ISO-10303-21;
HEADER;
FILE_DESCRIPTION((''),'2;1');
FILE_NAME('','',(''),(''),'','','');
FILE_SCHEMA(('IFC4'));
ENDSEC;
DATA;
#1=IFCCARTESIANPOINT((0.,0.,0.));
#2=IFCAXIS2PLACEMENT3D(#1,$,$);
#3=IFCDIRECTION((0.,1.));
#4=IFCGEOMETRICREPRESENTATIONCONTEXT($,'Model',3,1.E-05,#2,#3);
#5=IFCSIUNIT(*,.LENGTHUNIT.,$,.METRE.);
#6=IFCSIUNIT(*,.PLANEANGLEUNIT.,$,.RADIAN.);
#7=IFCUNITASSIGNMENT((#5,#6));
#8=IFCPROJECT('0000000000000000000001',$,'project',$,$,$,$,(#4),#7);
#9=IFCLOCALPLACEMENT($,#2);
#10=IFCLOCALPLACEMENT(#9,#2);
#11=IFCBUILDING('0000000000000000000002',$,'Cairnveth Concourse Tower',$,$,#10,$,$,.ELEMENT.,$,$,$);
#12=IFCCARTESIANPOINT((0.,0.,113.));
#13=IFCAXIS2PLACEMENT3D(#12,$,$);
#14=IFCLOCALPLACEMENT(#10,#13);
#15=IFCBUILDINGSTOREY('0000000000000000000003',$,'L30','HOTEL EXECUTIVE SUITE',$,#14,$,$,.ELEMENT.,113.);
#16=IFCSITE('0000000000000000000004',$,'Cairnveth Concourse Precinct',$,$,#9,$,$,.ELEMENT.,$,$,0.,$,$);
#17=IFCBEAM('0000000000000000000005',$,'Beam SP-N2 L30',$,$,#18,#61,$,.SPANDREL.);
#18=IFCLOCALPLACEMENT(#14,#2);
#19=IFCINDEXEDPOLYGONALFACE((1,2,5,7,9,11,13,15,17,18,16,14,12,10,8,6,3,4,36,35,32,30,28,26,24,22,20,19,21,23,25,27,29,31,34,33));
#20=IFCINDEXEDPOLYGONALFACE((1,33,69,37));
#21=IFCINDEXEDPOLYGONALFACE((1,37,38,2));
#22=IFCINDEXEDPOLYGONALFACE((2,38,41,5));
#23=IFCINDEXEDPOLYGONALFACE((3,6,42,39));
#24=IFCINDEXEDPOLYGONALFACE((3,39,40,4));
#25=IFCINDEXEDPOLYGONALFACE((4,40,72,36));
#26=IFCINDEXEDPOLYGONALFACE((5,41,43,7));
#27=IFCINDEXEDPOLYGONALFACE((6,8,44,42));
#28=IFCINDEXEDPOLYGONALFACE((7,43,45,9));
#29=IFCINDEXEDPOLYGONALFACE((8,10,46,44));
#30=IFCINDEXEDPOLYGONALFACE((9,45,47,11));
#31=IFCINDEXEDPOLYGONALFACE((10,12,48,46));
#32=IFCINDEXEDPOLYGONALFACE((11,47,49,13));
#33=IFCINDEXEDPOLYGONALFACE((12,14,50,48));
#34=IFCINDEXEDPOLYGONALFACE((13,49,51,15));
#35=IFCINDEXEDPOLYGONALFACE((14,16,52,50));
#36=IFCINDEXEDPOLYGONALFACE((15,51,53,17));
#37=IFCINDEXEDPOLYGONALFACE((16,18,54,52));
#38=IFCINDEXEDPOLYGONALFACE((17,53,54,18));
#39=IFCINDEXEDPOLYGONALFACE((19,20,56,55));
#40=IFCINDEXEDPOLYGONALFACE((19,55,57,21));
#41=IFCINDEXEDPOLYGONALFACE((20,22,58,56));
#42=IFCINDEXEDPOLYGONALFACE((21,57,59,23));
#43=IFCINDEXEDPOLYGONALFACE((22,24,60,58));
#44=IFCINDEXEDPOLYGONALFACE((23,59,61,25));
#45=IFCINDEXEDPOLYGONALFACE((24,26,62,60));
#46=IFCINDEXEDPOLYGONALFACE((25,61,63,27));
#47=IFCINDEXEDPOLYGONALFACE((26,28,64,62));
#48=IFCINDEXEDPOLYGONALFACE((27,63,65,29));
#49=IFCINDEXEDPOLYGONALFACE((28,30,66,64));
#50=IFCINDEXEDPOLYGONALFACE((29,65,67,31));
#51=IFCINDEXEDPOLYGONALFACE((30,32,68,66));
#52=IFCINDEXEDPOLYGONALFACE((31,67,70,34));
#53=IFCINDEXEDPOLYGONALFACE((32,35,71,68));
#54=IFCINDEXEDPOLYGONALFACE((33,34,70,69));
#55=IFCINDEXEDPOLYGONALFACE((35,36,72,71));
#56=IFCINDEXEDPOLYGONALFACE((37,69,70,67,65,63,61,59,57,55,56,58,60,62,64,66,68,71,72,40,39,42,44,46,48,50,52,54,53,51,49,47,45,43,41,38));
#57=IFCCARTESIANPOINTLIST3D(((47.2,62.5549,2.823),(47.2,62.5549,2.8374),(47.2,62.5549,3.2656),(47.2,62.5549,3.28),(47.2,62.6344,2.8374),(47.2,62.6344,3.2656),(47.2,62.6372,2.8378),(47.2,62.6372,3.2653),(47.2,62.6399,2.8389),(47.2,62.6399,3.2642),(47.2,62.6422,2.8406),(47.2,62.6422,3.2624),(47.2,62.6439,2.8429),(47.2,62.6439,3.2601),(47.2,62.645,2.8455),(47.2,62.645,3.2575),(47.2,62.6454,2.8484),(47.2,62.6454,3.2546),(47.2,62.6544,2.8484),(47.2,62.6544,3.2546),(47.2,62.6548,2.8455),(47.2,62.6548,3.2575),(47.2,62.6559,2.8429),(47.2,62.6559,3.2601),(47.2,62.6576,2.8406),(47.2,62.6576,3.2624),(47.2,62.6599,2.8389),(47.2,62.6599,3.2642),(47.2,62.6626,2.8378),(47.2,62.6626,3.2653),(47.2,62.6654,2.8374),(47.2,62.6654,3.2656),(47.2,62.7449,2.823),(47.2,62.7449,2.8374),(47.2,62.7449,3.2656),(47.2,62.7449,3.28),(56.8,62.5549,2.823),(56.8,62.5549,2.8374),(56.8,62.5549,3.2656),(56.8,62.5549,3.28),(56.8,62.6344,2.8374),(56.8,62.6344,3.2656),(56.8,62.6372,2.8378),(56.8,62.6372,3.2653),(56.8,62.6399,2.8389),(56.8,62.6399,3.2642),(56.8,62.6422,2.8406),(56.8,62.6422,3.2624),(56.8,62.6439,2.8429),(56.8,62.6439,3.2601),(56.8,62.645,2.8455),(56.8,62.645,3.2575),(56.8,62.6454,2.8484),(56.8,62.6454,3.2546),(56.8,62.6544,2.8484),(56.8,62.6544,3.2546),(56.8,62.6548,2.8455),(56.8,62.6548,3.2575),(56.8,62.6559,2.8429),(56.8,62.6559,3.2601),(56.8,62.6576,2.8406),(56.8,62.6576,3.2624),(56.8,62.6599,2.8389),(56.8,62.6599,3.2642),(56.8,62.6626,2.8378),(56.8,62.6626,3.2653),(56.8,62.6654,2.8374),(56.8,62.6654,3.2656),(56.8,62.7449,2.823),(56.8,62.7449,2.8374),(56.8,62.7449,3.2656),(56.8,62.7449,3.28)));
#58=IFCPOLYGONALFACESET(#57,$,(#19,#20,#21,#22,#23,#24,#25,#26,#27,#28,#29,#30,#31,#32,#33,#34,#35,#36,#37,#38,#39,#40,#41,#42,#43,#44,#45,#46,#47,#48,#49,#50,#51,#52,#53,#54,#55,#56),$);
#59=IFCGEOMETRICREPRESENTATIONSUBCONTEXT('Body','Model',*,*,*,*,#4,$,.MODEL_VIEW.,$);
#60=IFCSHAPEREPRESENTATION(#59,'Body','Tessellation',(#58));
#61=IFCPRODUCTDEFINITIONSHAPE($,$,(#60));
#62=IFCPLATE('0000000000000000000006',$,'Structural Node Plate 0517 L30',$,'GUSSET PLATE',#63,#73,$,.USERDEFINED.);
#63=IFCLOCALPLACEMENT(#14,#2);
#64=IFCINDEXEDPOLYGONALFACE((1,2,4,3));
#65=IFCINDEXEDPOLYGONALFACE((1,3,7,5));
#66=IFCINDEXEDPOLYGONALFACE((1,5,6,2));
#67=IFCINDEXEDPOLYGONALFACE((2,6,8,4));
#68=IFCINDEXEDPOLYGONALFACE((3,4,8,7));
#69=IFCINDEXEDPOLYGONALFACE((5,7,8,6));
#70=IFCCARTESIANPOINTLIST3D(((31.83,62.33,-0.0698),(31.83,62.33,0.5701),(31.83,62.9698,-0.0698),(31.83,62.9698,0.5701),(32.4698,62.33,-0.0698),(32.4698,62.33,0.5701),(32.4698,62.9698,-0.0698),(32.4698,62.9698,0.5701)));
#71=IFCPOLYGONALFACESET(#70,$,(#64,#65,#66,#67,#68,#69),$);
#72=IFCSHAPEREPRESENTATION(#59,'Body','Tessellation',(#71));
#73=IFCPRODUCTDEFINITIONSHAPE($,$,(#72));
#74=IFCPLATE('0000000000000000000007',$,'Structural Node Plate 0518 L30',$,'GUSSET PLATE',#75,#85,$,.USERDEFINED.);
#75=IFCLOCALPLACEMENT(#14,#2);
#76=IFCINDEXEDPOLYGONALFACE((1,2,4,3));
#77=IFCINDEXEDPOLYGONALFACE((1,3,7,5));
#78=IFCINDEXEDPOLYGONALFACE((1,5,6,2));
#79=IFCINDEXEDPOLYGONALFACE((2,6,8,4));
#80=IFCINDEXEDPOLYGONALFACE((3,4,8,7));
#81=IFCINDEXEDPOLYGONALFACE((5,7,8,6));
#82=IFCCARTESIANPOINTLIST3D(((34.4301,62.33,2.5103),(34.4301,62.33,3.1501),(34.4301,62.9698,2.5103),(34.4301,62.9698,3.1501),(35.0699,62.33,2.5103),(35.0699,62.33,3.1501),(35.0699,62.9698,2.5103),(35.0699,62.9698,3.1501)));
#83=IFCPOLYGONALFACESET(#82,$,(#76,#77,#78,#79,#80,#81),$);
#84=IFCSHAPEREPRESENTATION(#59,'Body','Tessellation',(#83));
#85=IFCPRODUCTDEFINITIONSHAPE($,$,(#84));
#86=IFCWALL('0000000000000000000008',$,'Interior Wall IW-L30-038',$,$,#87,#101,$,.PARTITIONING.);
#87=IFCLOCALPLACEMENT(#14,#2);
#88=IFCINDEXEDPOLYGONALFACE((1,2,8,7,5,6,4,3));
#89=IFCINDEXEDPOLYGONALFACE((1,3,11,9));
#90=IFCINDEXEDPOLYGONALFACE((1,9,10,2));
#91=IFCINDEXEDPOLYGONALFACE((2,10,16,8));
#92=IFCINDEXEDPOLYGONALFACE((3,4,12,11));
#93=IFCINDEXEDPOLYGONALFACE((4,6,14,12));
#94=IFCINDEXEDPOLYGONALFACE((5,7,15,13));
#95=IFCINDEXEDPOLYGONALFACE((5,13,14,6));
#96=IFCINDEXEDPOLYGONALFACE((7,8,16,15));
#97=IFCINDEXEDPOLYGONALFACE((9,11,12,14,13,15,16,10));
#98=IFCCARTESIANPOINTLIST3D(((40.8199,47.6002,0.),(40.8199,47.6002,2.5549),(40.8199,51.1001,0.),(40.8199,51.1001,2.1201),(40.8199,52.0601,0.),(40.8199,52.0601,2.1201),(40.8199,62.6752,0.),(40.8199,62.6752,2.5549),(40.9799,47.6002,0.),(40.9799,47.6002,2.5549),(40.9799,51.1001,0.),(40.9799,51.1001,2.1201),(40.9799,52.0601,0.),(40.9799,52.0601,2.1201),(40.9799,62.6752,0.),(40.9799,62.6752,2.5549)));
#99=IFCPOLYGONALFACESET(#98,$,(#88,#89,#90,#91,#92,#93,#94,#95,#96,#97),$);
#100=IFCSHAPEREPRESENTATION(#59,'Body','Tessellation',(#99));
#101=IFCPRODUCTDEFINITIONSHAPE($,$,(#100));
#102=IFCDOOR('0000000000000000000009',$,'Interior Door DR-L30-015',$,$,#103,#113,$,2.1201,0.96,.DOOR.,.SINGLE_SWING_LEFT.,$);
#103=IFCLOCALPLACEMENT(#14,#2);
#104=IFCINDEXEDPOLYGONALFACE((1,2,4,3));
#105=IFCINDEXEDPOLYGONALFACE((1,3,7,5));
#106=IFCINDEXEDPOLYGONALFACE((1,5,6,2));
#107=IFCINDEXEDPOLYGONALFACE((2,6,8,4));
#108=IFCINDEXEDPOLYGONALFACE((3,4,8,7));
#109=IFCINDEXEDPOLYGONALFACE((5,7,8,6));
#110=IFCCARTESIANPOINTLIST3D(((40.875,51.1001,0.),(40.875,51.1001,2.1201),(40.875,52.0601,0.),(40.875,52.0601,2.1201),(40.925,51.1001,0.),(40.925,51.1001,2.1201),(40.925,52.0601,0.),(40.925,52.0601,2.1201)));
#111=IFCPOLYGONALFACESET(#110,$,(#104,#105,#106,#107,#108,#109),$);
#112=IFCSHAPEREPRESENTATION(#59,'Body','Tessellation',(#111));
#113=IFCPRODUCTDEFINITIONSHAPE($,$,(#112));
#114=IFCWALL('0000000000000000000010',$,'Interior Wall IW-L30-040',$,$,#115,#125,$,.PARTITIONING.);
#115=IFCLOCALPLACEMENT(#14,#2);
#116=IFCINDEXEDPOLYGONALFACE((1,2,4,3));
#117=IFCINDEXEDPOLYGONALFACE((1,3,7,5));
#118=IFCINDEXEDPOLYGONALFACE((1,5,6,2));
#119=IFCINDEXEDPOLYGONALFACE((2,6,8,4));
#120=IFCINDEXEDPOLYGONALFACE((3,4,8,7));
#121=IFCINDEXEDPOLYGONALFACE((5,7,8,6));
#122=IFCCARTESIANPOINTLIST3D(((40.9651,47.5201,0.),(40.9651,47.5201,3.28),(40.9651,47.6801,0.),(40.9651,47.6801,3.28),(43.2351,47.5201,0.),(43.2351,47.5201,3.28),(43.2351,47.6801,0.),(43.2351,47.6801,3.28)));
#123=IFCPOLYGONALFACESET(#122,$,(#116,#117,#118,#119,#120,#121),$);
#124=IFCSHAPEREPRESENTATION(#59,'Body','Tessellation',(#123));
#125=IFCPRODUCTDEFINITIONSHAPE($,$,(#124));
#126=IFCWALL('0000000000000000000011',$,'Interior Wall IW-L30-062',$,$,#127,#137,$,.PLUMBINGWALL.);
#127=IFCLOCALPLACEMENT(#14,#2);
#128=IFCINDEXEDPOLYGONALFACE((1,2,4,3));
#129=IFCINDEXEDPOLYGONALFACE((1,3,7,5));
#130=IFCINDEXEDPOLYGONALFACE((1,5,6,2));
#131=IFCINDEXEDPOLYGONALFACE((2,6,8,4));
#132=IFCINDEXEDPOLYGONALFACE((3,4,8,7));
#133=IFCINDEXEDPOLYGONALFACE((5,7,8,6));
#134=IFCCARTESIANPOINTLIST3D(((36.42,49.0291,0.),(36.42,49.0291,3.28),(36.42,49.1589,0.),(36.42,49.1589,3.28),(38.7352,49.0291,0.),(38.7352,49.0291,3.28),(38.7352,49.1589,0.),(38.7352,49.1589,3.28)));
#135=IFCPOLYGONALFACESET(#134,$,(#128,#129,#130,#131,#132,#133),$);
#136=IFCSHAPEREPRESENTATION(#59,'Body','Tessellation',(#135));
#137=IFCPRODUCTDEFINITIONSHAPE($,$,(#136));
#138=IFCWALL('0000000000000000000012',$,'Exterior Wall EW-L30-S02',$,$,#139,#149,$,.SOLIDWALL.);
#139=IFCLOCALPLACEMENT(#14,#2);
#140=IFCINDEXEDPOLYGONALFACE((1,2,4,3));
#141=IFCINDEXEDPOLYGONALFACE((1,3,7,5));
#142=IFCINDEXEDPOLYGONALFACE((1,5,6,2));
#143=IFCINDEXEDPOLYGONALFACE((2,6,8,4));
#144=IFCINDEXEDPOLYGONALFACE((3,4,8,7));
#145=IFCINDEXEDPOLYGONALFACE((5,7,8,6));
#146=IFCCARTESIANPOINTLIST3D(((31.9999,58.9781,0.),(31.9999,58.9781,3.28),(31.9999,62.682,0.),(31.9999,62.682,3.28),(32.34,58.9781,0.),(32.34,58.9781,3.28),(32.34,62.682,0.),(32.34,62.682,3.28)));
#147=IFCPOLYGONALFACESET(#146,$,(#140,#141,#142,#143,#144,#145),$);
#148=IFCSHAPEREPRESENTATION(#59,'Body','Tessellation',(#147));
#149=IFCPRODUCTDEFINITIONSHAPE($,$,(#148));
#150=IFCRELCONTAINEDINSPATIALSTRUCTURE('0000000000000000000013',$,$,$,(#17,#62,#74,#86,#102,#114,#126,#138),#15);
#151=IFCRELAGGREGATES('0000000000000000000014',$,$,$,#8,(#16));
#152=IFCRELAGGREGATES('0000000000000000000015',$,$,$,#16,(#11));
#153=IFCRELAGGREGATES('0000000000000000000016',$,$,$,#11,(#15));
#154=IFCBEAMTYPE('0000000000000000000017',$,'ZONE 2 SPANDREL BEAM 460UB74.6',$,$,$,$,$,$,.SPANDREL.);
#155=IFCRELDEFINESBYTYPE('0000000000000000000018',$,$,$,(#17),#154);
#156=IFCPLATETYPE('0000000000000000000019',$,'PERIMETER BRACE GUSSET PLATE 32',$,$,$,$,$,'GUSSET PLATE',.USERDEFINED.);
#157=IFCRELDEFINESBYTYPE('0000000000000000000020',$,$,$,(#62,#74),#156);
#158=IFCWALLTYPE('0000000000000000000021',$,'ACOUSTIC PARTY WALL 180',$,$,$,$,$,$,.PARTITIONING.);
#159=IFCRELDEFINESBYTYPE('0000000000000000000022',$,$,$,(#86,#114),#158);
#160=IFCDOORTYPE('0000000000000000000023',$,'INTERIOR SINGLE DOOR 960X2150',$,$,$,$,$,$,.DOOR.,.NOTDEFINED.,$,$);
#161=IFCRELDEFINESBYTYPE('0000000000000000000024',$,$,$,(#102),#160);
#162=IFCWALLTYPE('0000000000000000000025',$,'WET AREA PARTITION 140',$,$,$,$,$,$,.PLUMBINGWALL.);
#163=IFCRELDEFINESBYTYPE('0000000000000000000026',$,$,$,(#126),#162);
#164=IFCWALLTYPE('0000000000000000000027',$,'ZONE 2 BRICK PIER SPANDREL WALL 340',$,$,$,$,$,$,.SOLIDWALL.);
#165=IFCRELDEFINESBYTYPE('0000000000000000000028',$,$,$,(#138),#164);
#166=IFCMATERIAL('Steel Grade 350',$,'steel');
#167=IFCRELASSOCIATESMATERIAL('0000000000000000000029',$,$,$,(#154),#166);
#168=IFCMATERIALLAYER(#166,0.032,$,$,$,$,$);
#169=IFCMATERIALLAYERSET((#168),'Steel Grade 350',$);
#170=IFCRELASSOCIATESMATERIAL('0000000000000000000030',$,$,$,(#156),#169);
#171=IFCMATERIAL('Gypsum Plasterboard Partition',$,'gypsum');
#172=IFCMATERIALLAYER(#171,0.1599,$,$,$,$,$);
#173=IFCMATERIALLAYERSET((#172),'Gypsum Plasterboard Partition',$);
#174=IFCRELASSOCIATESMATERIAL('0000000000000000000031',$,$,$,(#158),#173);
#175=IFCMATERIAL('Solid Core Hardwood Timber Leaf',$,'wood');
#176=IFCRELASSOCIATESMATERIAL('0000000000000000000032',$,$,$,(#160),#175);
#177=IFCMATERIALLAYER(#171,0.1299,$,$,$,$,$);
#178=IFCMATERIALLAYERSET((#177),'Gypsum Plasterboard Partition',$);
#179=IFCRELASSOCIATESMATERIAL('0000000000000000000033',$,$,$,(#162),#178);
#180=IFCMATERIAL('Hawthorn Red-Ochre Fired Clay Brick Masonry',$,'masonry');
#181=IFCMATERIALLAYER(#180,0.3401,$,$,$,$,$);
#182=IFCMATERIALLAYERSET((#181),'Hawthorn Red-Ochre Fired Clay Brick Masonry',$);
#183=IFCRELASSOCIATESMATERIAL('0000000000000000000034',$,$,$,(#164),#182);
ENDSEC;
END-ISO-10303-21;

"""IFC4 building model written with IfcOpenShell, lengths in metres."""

from ifc_helpers import new_model, si_unit, direction, frame, frame_2d, origin, origin_2d, place, context, subcontext, project, spatial, rectangle, i_section, extrude, material, layer, layer_set, material_profile, profile_set, type_object, element, fill, save


model = new_model("IFC4")

# Units and contexts
model_context = context("Model", 3, precision=1e-05, world=origin(), true_north=direction((0.0, 1.0)))
body_context = subcontext(model_context, "Body", "Model", "MODEL_VIEW")
ifc_project = project(units=[si_unit("LENGTHUNIT", "METRE"), si_unit("PLANEANGLEUNIT", "RADIAN")], contexts=[model_context])

# Site, building, storey
site_placement = place(None, origin())
site = spatial("IfcSite", under=ifc_project, at=site_placement, Name="Cairnveth Concourse Precinct", CompositionType="ELEMENT", RefElevation=0.0)
building_placement = place(site_placement, origin())
building = spatial("IfcBuilding", under=site, at=building_placement, Name="Cairnveth Concourse Tower", CompositionType="ELEMENT")
storey_placement = place(building_placement, frame((0.0, 0.0, 113.0)))
storey = spatial("IfcBuildingStorey", under=building, at=storey_placement, Name="L30", Description="HOTEL EXECUTIVE SUITE", CompositionType="ELEMENT", Elevation=113.0)

# Beam
ifc_material_1 = material(Name="Steel Grade 350", Category="steel")
ifc_material_profile_1 = material_profile(ifc_material_1, i_section(OverallWidth=0.1899, OverallDepth=0.457, WebThickness=0.009, FlangeThickness=0.0144, FilletRadius=0.011, at=origin_2d()), Name="460UB74.6")
ifc_profile_set_1 = profile_set([ifc_material_profile_1], Name="Steel Grade 350")
beam_type_1 = type_object("IfcBeamType", Name="ZONE 2 SPANDREL BEAM 460UB74.6", PredefinedType="SPANDREL", material=ifc_profile_set_1)
beam_1_placement = place(storey_placement, frame((47.2, 62.6499, 3.0515), z_axis=(1.0, 0.0, 0.0), x_axis=(0.0, 1.0, 0.0)))
element("IfcBeam", 1, at=beam_1_placement, inside=storey, type_object=beam_type_1, Name="Beam SP-N2 L30", PredefinedType="SPANDREL", context=body_context, shape_type="SweptSolid", body=[
    extrude(i_section(OverallWidth=0.1899, OverallDepth=0.457, WebThickness=0.009, FlangeThickness=0.0144, FilletRadius=0.011, at=origin_2d()), origin(), (0.0, 0.0, 1.0), 9.6001),
])

# Plates
ifc_layer_1 = layer(ifc_material_1, 0.032)
ifc_layer_set_1 = layer_set([ifc_layer_1], Name="Steel Grade 350")
plate_type = type_object("IfcPlateType", Name="PERIMETER BRACE GUSSET PLATE 32", ElementType="GUSSET PLATE", PredefinedType="USERDEFINED", material=ifc_layer_set_1)
for number, where, z_axis, x_axis, name in (
    (2, (32.1499, 62.6499, -0.0698), (0.0, 0.0, 1.0), (1.0, 0.0, 0.0), "Structural Node Plate 0517 L30"),
    (3, (34.75, 62.6499, 2.5103), (0.0, 0.0, 1.0), (1.0, 0.0, 0.0), "Structural Node Plate 0518 L30"),
):
    element("IfcPlate", number, at=place(storey_placement, frame(where, z_axis=z_axis, x_axis=x_axis)), inside=storey, type_object=plate_type, Name=name, ObjectType="GUSSET PLATE", PredefinedType="USERDEFINED", context=body_context, shape_type="SweptSolid", body=[
        extrude(rectangle(XDim=0.6399, YDim=0.6399, at=origin_2d()), origin(), (0.0, 0.0, 1.0), 0.6399),
    ])

# Wall, opening, door
ifc_material_2 = material(Name="Gypsum Plasterboard Partition", Category="gypsum")
ifc_layer_2 = layer(ifc_material_2, 0.1599)
ifc_layer_set_2 = layer_set([ifc_layer_2], Name="Gypsum Plasterboard Partition")
wall_type_1 = type_object("IfcWallType", Name="ACOUSTIC PARTY WALL 180", PredefinedType="PARTITIONING", material=ifc_layer_set_2)
wall_1_placement = place(storey_placement, frame((40.8999, 47.6001, 0.0), z_axis=(0.0, 0.0, 1.0), x_axis=(0.0, 1.0, 0.0)))
wall_1 = element("IfcWall", 4, at=wall_1_placement, inside=storey, type_object=wall_type_1, Name="Interior Wall IW-L30-038", PredefinedType="PARTITIONING", context=body_context, shape_type="SweptSolid", body=[
    extrude(rectangle(XDim=15.075, YDim=0.1599, at=frame_2d((7.5376, 0.0))), origin(), (0.0, 0.0, 1.0), 2.5549),
])
opening_1_placement = place(wall_1_placement, frame((3.5, 0.0, 0.0)))
opening_1 = element("IfcOpeningElement", 5, at=opening_1_placement, cuts=wall_1, PredefinedType="OPENING", context=body_context, shape_type="SweptSolid", body=[
    extrude(rectangle(XDim=0.96, YDim=2.1201, at=frame_2d((0.48, 1.0601))), frame((0.0, 0.0898, 0.0), z_axis=(0.0, -1.0, 0.0), x_axis=(1.0, 0.0, 0.0)), (0.0, 0.0, 1.0), 0.1799),
])
ifc_material_3 = material(Name="Solid Core Hardwood Timber Leaf", Category="wood")
door_type = type_object("IfcDoorType", Name="INTERIOR SINGLE DOOR 960X2150", OperationType="NOTDEFINED", PredefinedType="DOOR", material=ifc_material_3)
door_placement = place(opening_1_placement, origin())
door = element("IfcDoor", 6, at=door_placement, inside=storey, type_object=door_type, Name="Interior Door DR-L30-015", OperationType="SINGLE_SWING_LEFT", OverallHeight=2.1201, OverallWidth=0.96, PredefinedType="DOOR", context=body_context, shape_type="SweptSolid", body=[
    extrude(rectangle(XDim=0.96, YDim=2.1201, at=frame_2d((0.48, 1.0601))), frame((0.0, 0.0249, 0.0), z_axis=(0.0, -1.0, 0.0), x_axis=(1.0, 0.0, 0.0)), (0.0, 0.0, 1.0), 0.05),
])
fill(opening_1, door)

# Walls
wall_2_placement = place(storey_placement, frame((40.9651, 47.6001, 0.0), z_axis=(0.0, 0.0, 1.0), x_axis=(1.0, 0.0, 0.0)))
element("IfcWall", 7, at=wall_2_placement, inside=storey, type_object=wall_type_1, Name="Interior Wall IW-L30-040", PredefinedType="PARTITIONING", context=body_context, shape_type="SweptSolid", body=[
    extrude(rectangle(XDim=2.27, YDim=0.1599, at=frame_2d((1.135, 0.0))), origin(), (0.0, 0.0, 1.0), 3.28),
])
ifc_layer_3 = layer(ifc_material_2, 0.1299)
ifc_layer_set_3 = layer_set([ifc_layer_3], Name="Gypsum Plasterboard Partition")
wall_type_2 = type_object("IfcWallType", Name="WET AREA PARTITION 140", PredefinedType="PLUMBINGWALL", material=ifc_layer_set_3)
wall_3_placement = place(storey_placement, frame((36.4199, 49.094, 0.0), z_axis=(0.0, 0.0, 1.0), x_axis=(1.0, 0.0, 0.0)))
element("IfcWall", 8, at=wall_3_placement, inside=storey, type_object=wall_type_2, Name="Interior Wall IW-L30-062", PredefinedType="PLUMBINGWALL", context=body_context, shape_type="SweptSolid", body=[
    extrude(rectangle(XDim=2.3152, YDim=0.1299, at=frame_2d((1.1577, 0.0))), origin(), (0.0, 0.0, 1.0), 3.28),
])
ifc_material_4 = material(Name="Hawthorn Red-Ochre Fired Clay Brick Masonry", Category="masonry")
ifc_layer_4 = layer(ifc_material_4, 0.3401)
ifc_layer_set_4 = layer_set([ifc_layer_4], Name="Hawthorn Red-Ochre Fired Clay Brick Masonry")
wall_type_3 = type_object("IfcWallType", Name="ZONE 2 BRICK PIER SPANDREL WALL 340", PredefinedType="SOLIDWALL", material=ifc_layer_set_4)
wall_4_placement = place(storey_placement, frame((32.1699, 58.978, 0.0), z_axis=(0.0, 0.0, 1.0), x_axis=(0.0, 1.0, 0.0)))
element("IfcWall", 9, at=wall_4_placement, inside=storey, type_object=wall_type_3, Name="Exterior Wall EW-L30-S02", PredefinedType="SOLIDWALL", context=body_context, shape_type="SweptSolid", body=[
    extrude(rectangle(XDim=3.7039, YDim=0.3401, at=frame_2d((1.8521, 0.0))), origin(), (0.0, 0.0, 1.0), 3.28),
])

save(model, "model.ifc")
